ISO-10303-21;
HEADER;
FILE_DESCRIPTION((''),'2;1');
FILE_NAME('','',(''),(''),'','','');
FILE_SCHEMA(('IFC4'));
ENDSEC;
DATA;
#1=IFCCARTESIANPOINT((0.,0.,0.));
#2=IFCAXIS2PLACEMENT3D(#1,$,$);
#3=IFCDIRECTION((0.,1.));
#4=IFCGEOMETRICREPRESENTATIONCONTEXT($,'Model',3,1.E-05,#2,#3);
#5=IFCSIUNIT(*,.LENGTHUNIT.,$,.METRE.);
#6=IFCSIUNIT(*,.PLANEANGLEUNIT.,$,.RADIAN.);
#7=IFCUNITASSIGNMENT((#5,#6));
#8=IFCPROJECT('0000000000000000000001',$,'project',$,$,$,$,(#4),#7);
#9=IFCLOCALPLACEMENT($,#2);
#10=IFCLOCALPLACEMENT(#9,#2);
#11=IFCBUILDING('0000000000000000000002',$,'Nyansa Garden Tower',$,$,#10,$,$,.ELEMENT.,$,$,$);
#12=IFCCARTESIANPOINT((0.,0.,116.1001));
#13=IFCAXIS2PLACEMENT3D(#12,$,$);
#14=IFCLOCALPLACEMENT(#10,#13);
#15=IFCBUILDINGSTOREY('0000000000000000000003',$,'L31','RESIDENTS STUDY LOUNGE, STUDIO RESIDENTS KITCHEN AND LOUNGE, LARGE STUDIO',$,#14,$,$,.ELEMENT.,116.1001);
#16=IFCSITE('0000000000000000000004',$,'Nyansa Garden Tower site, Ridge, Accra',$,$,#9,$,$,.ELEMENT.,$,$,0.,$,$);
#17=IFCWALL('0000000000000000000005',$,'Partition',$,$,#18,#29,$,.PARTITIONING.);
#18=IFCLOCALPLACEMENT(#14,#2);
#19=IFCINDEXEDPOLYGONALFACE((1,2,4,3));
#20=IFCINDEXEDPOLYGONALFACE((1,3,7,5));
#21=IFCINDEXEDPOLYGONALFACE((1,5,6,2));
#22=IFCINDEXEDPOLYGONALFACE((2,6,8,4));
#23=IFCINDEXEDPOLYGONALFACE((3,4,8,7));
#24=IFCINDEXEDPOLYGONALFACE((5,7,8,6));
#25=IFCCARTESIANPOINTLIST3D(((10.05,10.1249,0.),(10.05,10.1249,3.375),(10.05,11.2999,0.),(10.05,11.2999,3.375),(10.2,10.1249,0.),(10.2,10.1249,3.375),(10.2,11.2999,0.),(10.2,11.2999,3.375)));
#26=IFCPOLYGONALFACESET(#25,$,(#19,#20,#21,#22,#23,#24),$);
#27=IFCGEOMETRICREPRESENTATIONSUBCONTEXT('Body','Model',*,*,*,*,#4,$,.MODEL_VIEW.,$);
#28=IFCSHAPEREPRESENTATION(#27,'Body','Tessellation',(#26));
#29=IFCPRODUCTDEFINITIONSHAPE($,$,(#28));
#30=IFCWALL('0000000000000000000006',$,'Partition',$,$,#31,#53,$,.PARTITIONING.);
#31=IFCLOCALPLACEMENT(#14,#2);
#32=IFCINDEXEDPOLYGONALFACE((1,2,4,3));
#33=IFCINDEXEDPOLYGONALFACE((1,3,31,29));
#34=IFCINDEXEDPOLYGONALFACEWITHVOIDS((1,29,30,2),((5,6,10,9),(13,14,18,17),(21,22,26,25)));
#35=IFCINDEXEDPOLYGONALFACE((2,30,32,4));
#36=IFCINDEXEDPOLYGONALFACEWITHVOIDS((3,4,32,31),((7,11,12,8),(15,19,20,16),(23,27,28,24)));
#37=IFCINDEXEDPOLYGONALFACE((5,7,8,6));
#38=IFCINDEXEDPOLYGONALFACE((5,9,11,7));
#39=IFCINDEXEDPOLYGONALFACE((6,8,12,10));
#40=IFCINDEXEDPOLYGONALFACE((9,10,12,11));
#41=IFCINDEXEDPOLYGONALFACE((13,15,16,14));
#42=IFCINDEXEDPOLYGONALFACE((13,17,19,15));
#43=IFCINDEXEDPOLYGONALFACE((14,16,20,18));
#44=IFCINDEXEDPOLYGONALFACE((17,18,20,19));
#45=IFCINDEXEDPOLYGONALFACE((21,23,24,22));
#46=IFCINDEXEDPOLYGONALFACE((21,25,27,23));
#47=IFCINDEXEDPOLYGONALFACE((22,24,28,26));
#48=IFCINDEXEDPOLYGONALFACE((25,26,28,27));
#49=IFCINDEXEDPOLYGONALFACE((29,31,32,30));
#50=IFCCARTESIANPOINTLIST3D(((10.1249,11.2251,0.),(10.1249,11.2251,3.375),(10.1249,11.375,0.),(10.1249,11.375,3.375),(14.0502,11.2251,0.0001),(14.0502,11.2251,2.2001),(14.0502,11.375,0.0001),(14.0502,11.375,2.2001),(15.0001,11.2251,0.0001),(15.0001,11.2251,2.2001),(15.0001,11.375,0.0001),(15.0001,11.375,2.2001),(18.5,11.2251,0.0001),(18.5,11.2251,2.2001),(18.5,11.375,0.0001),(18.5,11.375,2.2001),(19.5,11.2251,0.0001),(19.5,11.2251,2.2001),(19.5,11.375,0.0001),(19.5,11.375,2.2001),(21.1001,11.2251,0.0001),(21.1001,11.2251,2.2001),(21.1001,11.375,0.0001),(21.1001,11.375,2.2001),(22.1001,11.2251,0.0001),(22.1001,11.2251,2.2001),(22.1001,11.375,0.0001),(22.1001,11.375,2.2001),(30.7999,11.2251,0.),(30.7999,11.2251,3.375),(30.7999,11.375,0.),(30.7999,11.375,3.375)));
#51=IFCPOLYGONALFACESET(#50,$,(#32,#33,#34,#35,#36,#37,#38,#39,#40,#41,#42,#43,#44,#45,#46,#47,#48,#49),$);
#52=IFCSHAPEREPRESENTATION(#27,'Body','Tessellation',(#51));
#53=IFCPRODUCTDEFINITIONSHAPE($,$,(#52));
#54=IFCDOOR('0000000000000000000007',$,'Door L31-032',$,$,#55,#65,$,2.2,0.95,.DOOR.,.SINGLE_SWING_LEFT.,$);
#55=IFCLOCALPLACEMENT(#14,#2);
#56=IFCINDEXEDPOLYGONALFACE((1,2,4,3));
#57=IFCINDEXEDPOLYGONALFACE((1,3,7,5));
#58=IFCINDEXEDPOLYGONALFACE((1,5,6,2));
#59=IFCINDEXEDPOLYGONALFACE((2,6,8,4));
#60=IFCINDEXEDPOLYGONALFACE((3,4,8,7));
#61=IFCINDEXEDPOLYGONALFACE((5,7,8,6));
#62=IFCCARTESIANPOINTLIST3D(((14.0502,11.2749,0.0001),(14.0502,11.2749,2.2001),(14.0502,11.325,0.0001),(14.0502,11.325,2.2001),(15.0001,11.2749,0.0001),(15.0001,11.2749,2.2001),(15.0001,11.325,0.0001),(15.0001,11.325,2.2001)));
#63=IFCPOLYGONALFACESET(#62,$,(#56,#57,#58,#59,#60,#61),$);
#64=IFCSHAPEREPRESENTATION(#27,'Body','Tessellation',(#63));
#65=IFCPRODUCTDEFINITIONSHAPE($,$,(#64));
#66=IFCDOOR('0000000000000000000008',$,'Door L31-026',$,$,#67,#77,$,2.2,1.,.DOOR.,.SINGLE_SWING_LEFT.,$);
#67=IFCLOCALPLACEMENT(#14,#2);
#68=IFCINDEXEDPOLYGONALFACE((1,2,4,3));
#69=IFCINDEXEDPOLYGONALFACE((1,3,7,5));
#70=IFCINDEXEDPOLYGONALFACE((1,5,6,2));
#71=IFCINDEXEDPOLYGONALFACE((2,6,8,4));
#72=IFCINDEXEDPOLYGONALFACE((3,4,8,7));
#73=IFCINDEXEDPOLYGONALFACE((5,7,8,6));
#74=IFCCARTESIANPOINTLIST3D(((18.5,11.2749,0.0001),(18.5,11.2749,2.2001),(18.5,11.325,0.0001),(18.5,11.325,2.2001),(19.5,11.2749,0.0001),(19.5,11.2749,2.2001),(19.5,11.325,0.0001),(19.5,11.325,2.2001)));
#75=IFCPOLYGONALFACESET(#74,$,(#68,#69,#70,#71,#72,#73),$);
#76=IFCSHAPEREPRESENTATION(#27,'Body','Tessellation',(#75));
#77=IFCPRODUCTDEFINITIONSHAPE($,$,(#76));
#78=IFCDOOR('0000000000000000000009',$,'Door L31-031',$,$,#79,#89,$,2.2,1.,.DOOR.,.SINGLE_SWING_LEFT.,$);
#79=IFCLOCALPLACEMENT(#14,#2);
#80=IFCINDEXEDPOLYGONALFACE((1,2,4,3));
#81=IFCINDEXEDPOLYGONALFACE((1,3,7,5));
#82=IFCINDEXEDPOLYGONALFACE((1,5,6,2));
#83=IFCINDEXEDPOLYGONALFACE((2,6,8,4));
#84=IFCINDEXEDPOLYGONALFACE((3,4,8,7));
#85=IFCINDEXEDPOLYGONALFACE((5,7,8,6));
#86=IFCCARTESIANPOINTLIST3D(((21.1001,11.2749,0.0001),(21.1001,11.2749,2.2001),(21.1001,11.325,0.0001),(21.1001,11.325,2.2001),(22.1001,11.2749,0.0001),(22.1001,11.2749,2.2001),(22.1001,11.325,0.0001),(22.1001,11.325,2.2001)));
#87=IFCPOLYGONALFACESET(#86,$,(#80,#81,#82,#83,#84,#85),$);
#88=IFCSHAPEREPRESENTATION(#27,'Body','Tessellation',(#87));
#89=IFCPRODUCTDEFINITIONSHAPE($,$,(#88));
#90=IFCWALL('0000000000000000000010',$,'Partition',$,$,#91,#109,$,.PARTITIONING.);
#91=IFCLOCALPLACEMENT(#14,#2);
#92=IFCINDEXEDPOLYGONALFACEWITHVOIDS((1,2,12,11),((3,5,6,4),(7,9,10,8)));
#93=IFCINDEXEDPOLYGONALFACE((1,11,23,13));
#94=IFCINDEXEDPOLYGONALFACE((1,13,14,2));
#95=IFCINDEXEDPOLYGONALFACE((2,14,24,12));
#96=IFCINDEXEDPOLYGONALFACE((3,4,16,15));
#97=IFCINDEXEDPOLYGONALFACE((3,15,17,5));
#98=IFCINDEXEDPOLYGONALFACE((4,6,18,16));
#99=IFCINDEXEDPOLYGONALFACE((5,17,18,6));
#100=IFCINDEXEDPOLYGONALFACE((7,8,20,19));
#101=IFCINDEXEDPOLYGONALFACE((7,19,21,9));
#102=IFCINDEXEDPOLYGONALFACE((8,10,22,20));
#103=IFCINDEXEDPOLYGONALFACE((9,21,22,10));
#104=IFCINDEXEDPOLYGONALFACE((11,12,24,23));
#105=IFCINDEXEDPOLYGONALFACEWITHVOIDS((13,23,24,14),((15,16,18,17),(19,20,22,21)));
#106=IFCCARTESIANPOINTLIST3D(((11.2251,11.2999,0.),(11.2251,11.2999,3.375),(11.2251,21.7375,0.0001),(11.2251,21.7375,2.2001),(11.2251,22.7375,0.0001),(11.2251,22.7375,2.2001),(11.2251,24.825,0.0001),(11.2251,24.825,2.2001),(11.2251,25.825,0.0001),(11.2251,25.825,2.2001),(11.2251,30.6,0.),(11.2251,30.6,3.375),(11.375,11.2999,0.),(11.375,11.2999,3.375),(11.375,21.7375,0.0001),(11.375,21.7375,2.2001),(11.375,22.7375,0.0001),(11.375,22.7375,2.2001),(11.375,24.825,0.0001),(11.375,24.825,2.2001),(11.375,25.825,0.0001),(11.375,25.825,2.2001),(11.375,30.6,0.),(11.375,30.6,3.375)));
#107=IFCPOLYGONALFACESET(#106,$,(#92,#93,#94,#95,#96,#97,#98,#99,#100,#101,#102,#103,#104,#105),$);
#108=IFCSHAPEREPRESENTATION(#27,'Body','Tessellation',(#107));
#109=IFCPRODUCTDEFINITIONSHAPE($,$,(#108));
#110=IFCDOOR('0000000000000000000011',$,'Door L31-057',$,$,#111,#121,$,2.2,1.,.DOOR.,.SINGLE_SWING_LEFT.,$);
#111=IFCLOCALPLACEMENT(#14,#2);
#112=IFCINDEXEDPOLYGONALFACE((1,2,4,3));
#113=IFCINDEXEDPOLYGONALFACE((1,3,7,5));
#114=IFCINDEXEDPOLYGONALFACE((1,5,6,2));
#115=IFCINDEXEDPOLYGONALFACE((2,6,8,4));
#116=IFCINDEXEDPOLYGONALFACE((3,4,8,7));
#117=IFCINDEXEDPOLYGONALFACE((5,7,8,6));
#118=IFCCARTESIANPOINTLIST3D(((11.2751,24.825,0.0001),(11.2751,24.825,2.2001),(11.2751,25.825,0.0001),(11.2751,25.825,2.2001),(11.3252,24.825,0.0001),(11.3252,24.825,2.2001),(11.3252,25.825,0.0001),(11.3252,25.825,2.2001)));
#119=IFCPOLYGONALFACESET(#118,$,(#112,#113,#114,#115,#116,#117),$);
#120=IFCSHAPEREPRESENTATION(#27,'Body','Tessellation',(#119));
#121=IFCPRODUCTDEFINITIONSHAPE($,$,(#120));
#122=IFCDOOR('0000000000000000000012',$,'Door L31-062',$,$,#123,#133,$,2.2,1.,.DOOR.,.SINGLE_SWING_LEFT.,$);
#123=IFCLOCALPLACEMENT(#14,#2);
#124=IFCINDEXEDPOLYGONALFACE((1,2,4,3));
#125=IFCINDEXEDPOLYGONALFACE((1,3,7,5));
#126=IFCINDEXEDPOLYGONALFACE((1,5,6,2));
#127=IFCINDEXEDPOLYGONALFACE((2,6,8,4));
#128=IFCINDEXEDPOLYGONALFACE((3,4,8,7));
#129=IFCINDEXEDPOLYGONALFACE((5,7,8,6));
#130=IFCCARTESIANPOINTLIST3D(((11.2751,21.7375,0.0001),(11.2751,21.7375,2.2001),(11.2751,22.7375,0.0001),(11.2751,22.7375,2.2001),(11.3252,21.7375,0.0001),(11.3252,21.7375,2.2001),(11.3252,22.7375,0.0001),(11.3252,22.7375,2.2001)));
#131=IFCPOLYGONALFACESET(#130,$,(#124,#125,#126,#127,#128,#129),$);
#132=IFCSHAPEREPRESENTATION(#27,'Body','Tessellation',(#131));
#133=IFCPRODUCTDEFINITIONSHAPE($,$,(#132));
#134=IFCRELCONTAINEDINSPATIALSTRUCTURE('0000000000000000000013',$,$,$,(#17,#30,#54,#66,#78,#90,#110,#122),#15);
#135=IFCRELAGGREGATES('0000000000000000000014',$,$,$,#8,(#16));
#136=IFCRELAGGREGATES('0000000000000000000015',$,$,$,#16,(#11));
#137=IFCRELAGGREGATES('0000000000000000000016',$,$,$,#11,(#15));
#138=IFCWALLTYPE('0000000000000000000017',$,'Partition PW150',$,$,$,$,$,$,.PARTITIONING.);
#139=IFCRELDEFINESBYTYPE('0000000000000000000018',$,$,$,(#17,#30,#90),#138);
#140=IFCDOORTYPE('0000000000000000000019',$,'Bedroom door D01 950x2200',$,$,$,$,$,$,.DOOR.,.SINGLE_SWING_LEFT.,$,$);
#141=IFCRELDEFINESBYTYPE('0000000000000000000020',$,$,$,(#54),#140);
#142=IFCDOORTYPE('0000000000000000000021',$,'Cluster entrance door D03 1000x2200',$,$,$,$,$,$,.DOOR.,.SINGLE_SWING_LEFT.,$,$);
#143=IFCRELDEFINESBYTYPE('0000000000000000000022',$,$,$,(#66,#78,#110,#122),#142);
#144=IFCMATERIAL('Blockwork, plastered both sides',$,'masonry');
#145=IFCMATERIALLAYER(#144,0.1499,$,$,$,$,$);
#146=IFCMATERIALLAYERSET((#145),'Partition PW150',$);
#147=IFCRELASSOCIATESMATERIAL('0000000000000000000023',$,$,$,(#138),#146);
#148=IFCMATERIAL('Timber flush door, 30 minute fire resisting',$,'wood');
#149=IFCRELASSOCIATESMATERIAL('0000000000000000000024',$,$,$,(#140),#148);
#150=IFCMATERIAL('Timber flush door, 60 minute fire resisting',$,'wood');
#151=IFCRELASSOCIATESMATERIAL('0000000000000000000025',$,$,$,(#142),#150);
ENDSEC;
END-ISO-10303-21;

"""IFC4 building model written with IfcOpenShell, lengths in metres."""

from ifc_helpers import new_model, si_unit, direction, frame, frame_2d, origin, place, context, subcontext, project, spatial, rectangle, extrude, material, layer, layer_set, type_object, element, fill, save


model = new_model("IFC4")

# Units and contexts
model_context = context("Model", 3, precision=1e-05, world=origin(), true_north=direction((0.0, 1.0)))
body_context = subcontext(model_context, "Body", "Model", "MODEL_VIEW")
ifc_project = project(units=[si_unit("LENGTHUNIT", "METRE"), si_unit("PLANEANGLEUNIT", "RADIAN")], contexts=[model_context])

# Site, building, storey
site_placement = place(None, origin())
site = spatial("IfcSite", under=ifc_project, at=site_placement, Name="Nyansa Garden Tower site, Ridge, Accra", CompositionType="ELEMENT", RefElevation=0.0)
building_placement = place(site_placement, origin())
building = spatial("IfcBuilding", under=site, at=building_placement, Name="Nyansa Garden Tower", CompositionType="ELEMENT")
storey_placement = place(building_placement, frame((0.0, 0.0, 116.1001)))
storey = spatial("IfcBuildingStorey", under=building, at=storey_placement, Name="L31", Description="RESIDENTS STUDY LOUNGE, STUDIO RESIDENTS KITCHEN AND LOUNGE, LARGE STUDIO", CompositionType="ELEMENT", Elevation=116.1001)

# Wall
ifc_material_1 = material(Name="Blockwork, plastered both sides", Category="masonry")
ifc_layer_1 = layer(ifc_material_1, 0.1499)
ifc_layer_set_1 = layer_set([ifc_layer_1], Name="Partition PW150")
wall_type_1 = type_object("IfcWallType", Name="Partition PW150", PredefinedType="PARTITIONING", material=ifc_layer_set_1)
wall_1_placement = place(storey_placement, frame((10.125, 10.125, 0.0), z_axis=(0.0, 0.0, 1.0), x_axis=(0.0, 1.0, 0.0)))
element("IfcWall", 1, at=wall_1_placement, inside=storey, type_object=wall_type_1, Name="Partition", PredefinedType="PARTITIONING", context=body_context, shape_type="SweptSolid", body=[
    extrude(rectangle(XDim=1.175, YDim=0.1499, at=frame_2d((0.5874, 0.0))), origin(), (0.0, 0.0, 1.0), 3.375),
])

# Walls, openings, doors
wall_2_placement = place(storey_placement, frame((10.125, 11.3, 0.0), z_axis=(0.0, 0.0, 1.0), x_axis=(1.0, 0.0, 0.0)))
wall_2 = element("IfcWall", 2, at=wall_2_placement, inside=storey, type_object=wall_type_1, Name="Partition", PredefinedType="PARTITIONING", context=body_context, shape_type="SweptSolid", body=[
    extrude(rectangle(XDim=20.675, YDim=0.1499, at=frame_2d((10.3374, 0.0))), origin(), (0.0, 0.0, 1.0), 3.375),
])
opening_1_placement = place(wall_2_placement, frame((8.375, 0.0, 0.0)))
opening_1 = element("IfcOpeningElement", 3, at=opening_1_placement, cuts=wall_2, PredefinedType="OPENING", context=body_context, shape_type="SweptSolid", body=[
    extrude(rectangle(XDim=1.0, YDim=2.2, at=frame_2d((0.5, 1.1001))), frame((0.0, 0.085, 0.0), z_axis=(0.0, -1.0, 0.0), x_axis=(1.0, 0.0, 0.0)), (0.0, 0.0, 1.0), 0.1699),
])
opening_2_placement = place(wall_2_placement, frame((10.9751, 0.0, 0.0)))
opening_2 = element("IfcOpeningElement", 4, at=opening_2_placement, cuts=wall_2, PredefinedType="OPENING", context=body_context, shape_type="SweptSolid", body=[
    extrude(rectangle(XDim=1.0, YDim=2.2, at=frame_2d((0.5, 1.1001))), frame((0.0, 0.085, 0.0), z_axis=(0.0, -1.0, 0.0), x_axis=(1.0, 0.0, 0.0)), (0.0, 0.0, 1.0), 0.1699),
])
opening_3_placement = place(wall_2_placement, frame((3.925, 0.0, 0.0)))
opening_3 = element("IfcOpeningElement", 5, at=opening_3_placement, cuts=wall_2, PredefinedType="OPENING", context=body_context, shape_type="SweptSolid", body=[
    extrude(rectangle(XDim=0.95, YDim=2.2, at=frame_2d((0.4751, 1.1001))), frame((0.0, 0.085, 0.0), z_axis=(0.0, -1.0, 0.0), x_axis=(1.0, 0.0, 0.0)), (0.0, 0.0, 1.0), 0.1699),
])
ifc_material_2 = material(Name="Timber flush door, 30 minute fire resisting", Category="wood")
door_type_1 = type_object("IfcDoorType", Name="Bedroom door D01 950x2200", OperationType="SINGLE_SWING_LEFT", PredefinedType="DOOR", material=ifc_material_2)
door_1_placement = place(opening_3_placement, origin())
door_1 = element("IfcDoor", 6, at=door_1_placement, inside=storey, type_object=door_type_1, Name="Door L31-032", OperationType="SINGLE_SWING_LEFT", OverallHeight=2.2, OverallWidth=0.95, PredefinedType="DOOR", context=body_context, shape_type="SweptSolid", body=[
    extrude(rectangle(XDim=0.95, YDim=2.2, at=frame_2d((0.4751, 1.1001))), frame((0.0, 0.0249, 0.0), z_axis=(0.0, -1.0, 0.0), x_axis=(1.0, 0.0, 0.0)), (0.0, 0.0, 1.0), 0.05),
])
fill(opening_3, door_1)
ifc_material_3 = material(Name="Timber flush door, 60 minute fire resisting", Category="wood")
door_type_2 = type_object("IfcDoorType", Name="Cluster entrance door D03 1000x2200", OperationType="SINGLE_SWING_LEFT", PredefinedType="DOOR", material=ifc_material_3)
door_2_placement = place(opening_1_placement, origin())
door_2 = element("IfcDoor", 7, at=door_2_placement, inside=storey, type_object=door_type_2, Name="Door L31-026", OperationType="SINGLE_SWING_LEFT", OverallHeight=2.2, OverallWidth=1.0, PredefinedType="DOOR", context=body_context, shape_type="SweptSolid", body=[
    extrude(rectangle(XDim=1.0, YDim=2.2, at=frame_2d((0.5, 1.1001))), frame((0.0, 0.0249, 0.0), z_axis=(0.0, -1.0, 0.0), x_axis=(1.0, 0.0, 0.0)), (0.0, 0.0, 1.0), 0.05),
])
fill(opening_1, door_2)
door_3_placement = place(opening_2_placement, origin())
door_3 = element("IfcDoor", 8, at=door_3_placement, inside=storey, type_object=door_type_2, Name="Door L31-031", OperationType="SINGLE_SWING_LEFT", OverallHeight=2.2, OverallWidth=1.0, PredefinedType="DOOR", context=body_context, shape_type="SweptSolid", body=[
    extrude(rectangle(XDim=1.0, YDim=2.2, at=frame_2d((0.5, 1.1001))), frame((0.0, 0.0249, 0.0), z_axis=(0.0, -1.0, 0.0), x_axis=(1.0, 0.0, 0.0)), (0.0, 0.0, 1.0), 0.05),
])
fill(opening_2, door_3)
wall_3_placement = place(storey_placement, frame((11.3, 11.3, 0.0), z_axis=(0.0, 0.0, 1.0), x_axis=(0.0, 1.0, 0.0)))
wall_3 = element("IfcWall", 9, at=wall_3_placement, inside=storey, type_object=wall_type_1, Name="Partition", PredefinedType="PARTITIONING", context=body_context, shape_type="SweptSolid", body=[
    extrude(rectangle(XDim=19.3, YDim=0.1499, at=frame_2d((9.6499, 0.0))), origin(), (0.0, 0.0, 1.0), 3.375),
])
opening_4_placement = place(wall_3_placement, frame((13.5249, 0.0, 0.0)))
opening_4 = element("IfcOpeningElement", 10, at=opening_4_placement, cuts=wall_3, PredefinedType="OPENING", context=body_context, shape_type="SweptSolid", body=[
    extrude(rectangle(XDim=1.0, YDim=2.2, at=frame_2d((0.5, 1.1001))), frame((0.0, 0.085, 0.0), z_axis=(0.0, -1.0, 0.0), x_axis=(1.0, 0.0, 0.0)), (0.0, 0.0, 1.0), 0.1699),
])
opening_5_placement = place(wall_3_placement, frame((10.4375, 0.0, 0.0)))
opening_5 = element("IfcOpeningElement", 11, at=opening_5_placement, cuts=wall_3, PredefinedType="OPENING", context=body_context, shape_type="SweptSolid", body=[
    extrude(rectangle(XDim=1.0, YDim=2.2, at=frame_2d((0.5, 1.1001))), frame((0.0, 0.085, 0.0), z_axis=(0.0, -1.0, 0.0), x_axis=(1.0, 0.0, 0.0)), (0.0, 0.0, 1.0), 0.1699),
])
door_4_placement = place(opening_4_placement, origin())
door_4 = element("IfcDoor", 12, at=door_4_placement, inside=storey, type_object=door_type_2, Name="Door L31-057", OperationType="SINGLE_SWING_LEFT", OverallHeight=2.2, OverallWidth=1.0, PredefinedType="DOOR", context=body_context, shape_type="SweptSolid", body=[
    extrude(rectangle(XDim=1.0, YDim=2.2, at=frame_2d((0.5, 1.1001))), frame((0.0, 0.0249, 0.0), z_axis=(0.0, -1.0, 0.0), x_axis=(1.0, 0.0, 0.0)), (0.0, 0.0, 1.0), 0.05),
])
fill(opening_4, door_4)
door_5_placement = place(opening_5_placement, origin())
door_5 = element("IfcDoor", 13, at=door_5_placement, inside=storey, type_object=door_type_2, Name="Door L31-062", OperationType="SINGLE_SWING_LEFT", OverallHeight=2.2, OverallWidth=1.0, PredefinedType="DOOR", context=body_context, shape_type="SweptSolid", body=[
    extrude(rectangle(XDim=1.0, YDim=2.2, at=frame_2d((0.5, 1.1001))), frame((0.0, 0.0249, 0.0), z_axis=(0.0, -1.0, 0.0), x_axis=(1.0, 0.0, 0.0)), (0.0, 0.0, 1.0), 0.05),
])
fill(opening_5, door_5)

save(model, "model.ifc")
